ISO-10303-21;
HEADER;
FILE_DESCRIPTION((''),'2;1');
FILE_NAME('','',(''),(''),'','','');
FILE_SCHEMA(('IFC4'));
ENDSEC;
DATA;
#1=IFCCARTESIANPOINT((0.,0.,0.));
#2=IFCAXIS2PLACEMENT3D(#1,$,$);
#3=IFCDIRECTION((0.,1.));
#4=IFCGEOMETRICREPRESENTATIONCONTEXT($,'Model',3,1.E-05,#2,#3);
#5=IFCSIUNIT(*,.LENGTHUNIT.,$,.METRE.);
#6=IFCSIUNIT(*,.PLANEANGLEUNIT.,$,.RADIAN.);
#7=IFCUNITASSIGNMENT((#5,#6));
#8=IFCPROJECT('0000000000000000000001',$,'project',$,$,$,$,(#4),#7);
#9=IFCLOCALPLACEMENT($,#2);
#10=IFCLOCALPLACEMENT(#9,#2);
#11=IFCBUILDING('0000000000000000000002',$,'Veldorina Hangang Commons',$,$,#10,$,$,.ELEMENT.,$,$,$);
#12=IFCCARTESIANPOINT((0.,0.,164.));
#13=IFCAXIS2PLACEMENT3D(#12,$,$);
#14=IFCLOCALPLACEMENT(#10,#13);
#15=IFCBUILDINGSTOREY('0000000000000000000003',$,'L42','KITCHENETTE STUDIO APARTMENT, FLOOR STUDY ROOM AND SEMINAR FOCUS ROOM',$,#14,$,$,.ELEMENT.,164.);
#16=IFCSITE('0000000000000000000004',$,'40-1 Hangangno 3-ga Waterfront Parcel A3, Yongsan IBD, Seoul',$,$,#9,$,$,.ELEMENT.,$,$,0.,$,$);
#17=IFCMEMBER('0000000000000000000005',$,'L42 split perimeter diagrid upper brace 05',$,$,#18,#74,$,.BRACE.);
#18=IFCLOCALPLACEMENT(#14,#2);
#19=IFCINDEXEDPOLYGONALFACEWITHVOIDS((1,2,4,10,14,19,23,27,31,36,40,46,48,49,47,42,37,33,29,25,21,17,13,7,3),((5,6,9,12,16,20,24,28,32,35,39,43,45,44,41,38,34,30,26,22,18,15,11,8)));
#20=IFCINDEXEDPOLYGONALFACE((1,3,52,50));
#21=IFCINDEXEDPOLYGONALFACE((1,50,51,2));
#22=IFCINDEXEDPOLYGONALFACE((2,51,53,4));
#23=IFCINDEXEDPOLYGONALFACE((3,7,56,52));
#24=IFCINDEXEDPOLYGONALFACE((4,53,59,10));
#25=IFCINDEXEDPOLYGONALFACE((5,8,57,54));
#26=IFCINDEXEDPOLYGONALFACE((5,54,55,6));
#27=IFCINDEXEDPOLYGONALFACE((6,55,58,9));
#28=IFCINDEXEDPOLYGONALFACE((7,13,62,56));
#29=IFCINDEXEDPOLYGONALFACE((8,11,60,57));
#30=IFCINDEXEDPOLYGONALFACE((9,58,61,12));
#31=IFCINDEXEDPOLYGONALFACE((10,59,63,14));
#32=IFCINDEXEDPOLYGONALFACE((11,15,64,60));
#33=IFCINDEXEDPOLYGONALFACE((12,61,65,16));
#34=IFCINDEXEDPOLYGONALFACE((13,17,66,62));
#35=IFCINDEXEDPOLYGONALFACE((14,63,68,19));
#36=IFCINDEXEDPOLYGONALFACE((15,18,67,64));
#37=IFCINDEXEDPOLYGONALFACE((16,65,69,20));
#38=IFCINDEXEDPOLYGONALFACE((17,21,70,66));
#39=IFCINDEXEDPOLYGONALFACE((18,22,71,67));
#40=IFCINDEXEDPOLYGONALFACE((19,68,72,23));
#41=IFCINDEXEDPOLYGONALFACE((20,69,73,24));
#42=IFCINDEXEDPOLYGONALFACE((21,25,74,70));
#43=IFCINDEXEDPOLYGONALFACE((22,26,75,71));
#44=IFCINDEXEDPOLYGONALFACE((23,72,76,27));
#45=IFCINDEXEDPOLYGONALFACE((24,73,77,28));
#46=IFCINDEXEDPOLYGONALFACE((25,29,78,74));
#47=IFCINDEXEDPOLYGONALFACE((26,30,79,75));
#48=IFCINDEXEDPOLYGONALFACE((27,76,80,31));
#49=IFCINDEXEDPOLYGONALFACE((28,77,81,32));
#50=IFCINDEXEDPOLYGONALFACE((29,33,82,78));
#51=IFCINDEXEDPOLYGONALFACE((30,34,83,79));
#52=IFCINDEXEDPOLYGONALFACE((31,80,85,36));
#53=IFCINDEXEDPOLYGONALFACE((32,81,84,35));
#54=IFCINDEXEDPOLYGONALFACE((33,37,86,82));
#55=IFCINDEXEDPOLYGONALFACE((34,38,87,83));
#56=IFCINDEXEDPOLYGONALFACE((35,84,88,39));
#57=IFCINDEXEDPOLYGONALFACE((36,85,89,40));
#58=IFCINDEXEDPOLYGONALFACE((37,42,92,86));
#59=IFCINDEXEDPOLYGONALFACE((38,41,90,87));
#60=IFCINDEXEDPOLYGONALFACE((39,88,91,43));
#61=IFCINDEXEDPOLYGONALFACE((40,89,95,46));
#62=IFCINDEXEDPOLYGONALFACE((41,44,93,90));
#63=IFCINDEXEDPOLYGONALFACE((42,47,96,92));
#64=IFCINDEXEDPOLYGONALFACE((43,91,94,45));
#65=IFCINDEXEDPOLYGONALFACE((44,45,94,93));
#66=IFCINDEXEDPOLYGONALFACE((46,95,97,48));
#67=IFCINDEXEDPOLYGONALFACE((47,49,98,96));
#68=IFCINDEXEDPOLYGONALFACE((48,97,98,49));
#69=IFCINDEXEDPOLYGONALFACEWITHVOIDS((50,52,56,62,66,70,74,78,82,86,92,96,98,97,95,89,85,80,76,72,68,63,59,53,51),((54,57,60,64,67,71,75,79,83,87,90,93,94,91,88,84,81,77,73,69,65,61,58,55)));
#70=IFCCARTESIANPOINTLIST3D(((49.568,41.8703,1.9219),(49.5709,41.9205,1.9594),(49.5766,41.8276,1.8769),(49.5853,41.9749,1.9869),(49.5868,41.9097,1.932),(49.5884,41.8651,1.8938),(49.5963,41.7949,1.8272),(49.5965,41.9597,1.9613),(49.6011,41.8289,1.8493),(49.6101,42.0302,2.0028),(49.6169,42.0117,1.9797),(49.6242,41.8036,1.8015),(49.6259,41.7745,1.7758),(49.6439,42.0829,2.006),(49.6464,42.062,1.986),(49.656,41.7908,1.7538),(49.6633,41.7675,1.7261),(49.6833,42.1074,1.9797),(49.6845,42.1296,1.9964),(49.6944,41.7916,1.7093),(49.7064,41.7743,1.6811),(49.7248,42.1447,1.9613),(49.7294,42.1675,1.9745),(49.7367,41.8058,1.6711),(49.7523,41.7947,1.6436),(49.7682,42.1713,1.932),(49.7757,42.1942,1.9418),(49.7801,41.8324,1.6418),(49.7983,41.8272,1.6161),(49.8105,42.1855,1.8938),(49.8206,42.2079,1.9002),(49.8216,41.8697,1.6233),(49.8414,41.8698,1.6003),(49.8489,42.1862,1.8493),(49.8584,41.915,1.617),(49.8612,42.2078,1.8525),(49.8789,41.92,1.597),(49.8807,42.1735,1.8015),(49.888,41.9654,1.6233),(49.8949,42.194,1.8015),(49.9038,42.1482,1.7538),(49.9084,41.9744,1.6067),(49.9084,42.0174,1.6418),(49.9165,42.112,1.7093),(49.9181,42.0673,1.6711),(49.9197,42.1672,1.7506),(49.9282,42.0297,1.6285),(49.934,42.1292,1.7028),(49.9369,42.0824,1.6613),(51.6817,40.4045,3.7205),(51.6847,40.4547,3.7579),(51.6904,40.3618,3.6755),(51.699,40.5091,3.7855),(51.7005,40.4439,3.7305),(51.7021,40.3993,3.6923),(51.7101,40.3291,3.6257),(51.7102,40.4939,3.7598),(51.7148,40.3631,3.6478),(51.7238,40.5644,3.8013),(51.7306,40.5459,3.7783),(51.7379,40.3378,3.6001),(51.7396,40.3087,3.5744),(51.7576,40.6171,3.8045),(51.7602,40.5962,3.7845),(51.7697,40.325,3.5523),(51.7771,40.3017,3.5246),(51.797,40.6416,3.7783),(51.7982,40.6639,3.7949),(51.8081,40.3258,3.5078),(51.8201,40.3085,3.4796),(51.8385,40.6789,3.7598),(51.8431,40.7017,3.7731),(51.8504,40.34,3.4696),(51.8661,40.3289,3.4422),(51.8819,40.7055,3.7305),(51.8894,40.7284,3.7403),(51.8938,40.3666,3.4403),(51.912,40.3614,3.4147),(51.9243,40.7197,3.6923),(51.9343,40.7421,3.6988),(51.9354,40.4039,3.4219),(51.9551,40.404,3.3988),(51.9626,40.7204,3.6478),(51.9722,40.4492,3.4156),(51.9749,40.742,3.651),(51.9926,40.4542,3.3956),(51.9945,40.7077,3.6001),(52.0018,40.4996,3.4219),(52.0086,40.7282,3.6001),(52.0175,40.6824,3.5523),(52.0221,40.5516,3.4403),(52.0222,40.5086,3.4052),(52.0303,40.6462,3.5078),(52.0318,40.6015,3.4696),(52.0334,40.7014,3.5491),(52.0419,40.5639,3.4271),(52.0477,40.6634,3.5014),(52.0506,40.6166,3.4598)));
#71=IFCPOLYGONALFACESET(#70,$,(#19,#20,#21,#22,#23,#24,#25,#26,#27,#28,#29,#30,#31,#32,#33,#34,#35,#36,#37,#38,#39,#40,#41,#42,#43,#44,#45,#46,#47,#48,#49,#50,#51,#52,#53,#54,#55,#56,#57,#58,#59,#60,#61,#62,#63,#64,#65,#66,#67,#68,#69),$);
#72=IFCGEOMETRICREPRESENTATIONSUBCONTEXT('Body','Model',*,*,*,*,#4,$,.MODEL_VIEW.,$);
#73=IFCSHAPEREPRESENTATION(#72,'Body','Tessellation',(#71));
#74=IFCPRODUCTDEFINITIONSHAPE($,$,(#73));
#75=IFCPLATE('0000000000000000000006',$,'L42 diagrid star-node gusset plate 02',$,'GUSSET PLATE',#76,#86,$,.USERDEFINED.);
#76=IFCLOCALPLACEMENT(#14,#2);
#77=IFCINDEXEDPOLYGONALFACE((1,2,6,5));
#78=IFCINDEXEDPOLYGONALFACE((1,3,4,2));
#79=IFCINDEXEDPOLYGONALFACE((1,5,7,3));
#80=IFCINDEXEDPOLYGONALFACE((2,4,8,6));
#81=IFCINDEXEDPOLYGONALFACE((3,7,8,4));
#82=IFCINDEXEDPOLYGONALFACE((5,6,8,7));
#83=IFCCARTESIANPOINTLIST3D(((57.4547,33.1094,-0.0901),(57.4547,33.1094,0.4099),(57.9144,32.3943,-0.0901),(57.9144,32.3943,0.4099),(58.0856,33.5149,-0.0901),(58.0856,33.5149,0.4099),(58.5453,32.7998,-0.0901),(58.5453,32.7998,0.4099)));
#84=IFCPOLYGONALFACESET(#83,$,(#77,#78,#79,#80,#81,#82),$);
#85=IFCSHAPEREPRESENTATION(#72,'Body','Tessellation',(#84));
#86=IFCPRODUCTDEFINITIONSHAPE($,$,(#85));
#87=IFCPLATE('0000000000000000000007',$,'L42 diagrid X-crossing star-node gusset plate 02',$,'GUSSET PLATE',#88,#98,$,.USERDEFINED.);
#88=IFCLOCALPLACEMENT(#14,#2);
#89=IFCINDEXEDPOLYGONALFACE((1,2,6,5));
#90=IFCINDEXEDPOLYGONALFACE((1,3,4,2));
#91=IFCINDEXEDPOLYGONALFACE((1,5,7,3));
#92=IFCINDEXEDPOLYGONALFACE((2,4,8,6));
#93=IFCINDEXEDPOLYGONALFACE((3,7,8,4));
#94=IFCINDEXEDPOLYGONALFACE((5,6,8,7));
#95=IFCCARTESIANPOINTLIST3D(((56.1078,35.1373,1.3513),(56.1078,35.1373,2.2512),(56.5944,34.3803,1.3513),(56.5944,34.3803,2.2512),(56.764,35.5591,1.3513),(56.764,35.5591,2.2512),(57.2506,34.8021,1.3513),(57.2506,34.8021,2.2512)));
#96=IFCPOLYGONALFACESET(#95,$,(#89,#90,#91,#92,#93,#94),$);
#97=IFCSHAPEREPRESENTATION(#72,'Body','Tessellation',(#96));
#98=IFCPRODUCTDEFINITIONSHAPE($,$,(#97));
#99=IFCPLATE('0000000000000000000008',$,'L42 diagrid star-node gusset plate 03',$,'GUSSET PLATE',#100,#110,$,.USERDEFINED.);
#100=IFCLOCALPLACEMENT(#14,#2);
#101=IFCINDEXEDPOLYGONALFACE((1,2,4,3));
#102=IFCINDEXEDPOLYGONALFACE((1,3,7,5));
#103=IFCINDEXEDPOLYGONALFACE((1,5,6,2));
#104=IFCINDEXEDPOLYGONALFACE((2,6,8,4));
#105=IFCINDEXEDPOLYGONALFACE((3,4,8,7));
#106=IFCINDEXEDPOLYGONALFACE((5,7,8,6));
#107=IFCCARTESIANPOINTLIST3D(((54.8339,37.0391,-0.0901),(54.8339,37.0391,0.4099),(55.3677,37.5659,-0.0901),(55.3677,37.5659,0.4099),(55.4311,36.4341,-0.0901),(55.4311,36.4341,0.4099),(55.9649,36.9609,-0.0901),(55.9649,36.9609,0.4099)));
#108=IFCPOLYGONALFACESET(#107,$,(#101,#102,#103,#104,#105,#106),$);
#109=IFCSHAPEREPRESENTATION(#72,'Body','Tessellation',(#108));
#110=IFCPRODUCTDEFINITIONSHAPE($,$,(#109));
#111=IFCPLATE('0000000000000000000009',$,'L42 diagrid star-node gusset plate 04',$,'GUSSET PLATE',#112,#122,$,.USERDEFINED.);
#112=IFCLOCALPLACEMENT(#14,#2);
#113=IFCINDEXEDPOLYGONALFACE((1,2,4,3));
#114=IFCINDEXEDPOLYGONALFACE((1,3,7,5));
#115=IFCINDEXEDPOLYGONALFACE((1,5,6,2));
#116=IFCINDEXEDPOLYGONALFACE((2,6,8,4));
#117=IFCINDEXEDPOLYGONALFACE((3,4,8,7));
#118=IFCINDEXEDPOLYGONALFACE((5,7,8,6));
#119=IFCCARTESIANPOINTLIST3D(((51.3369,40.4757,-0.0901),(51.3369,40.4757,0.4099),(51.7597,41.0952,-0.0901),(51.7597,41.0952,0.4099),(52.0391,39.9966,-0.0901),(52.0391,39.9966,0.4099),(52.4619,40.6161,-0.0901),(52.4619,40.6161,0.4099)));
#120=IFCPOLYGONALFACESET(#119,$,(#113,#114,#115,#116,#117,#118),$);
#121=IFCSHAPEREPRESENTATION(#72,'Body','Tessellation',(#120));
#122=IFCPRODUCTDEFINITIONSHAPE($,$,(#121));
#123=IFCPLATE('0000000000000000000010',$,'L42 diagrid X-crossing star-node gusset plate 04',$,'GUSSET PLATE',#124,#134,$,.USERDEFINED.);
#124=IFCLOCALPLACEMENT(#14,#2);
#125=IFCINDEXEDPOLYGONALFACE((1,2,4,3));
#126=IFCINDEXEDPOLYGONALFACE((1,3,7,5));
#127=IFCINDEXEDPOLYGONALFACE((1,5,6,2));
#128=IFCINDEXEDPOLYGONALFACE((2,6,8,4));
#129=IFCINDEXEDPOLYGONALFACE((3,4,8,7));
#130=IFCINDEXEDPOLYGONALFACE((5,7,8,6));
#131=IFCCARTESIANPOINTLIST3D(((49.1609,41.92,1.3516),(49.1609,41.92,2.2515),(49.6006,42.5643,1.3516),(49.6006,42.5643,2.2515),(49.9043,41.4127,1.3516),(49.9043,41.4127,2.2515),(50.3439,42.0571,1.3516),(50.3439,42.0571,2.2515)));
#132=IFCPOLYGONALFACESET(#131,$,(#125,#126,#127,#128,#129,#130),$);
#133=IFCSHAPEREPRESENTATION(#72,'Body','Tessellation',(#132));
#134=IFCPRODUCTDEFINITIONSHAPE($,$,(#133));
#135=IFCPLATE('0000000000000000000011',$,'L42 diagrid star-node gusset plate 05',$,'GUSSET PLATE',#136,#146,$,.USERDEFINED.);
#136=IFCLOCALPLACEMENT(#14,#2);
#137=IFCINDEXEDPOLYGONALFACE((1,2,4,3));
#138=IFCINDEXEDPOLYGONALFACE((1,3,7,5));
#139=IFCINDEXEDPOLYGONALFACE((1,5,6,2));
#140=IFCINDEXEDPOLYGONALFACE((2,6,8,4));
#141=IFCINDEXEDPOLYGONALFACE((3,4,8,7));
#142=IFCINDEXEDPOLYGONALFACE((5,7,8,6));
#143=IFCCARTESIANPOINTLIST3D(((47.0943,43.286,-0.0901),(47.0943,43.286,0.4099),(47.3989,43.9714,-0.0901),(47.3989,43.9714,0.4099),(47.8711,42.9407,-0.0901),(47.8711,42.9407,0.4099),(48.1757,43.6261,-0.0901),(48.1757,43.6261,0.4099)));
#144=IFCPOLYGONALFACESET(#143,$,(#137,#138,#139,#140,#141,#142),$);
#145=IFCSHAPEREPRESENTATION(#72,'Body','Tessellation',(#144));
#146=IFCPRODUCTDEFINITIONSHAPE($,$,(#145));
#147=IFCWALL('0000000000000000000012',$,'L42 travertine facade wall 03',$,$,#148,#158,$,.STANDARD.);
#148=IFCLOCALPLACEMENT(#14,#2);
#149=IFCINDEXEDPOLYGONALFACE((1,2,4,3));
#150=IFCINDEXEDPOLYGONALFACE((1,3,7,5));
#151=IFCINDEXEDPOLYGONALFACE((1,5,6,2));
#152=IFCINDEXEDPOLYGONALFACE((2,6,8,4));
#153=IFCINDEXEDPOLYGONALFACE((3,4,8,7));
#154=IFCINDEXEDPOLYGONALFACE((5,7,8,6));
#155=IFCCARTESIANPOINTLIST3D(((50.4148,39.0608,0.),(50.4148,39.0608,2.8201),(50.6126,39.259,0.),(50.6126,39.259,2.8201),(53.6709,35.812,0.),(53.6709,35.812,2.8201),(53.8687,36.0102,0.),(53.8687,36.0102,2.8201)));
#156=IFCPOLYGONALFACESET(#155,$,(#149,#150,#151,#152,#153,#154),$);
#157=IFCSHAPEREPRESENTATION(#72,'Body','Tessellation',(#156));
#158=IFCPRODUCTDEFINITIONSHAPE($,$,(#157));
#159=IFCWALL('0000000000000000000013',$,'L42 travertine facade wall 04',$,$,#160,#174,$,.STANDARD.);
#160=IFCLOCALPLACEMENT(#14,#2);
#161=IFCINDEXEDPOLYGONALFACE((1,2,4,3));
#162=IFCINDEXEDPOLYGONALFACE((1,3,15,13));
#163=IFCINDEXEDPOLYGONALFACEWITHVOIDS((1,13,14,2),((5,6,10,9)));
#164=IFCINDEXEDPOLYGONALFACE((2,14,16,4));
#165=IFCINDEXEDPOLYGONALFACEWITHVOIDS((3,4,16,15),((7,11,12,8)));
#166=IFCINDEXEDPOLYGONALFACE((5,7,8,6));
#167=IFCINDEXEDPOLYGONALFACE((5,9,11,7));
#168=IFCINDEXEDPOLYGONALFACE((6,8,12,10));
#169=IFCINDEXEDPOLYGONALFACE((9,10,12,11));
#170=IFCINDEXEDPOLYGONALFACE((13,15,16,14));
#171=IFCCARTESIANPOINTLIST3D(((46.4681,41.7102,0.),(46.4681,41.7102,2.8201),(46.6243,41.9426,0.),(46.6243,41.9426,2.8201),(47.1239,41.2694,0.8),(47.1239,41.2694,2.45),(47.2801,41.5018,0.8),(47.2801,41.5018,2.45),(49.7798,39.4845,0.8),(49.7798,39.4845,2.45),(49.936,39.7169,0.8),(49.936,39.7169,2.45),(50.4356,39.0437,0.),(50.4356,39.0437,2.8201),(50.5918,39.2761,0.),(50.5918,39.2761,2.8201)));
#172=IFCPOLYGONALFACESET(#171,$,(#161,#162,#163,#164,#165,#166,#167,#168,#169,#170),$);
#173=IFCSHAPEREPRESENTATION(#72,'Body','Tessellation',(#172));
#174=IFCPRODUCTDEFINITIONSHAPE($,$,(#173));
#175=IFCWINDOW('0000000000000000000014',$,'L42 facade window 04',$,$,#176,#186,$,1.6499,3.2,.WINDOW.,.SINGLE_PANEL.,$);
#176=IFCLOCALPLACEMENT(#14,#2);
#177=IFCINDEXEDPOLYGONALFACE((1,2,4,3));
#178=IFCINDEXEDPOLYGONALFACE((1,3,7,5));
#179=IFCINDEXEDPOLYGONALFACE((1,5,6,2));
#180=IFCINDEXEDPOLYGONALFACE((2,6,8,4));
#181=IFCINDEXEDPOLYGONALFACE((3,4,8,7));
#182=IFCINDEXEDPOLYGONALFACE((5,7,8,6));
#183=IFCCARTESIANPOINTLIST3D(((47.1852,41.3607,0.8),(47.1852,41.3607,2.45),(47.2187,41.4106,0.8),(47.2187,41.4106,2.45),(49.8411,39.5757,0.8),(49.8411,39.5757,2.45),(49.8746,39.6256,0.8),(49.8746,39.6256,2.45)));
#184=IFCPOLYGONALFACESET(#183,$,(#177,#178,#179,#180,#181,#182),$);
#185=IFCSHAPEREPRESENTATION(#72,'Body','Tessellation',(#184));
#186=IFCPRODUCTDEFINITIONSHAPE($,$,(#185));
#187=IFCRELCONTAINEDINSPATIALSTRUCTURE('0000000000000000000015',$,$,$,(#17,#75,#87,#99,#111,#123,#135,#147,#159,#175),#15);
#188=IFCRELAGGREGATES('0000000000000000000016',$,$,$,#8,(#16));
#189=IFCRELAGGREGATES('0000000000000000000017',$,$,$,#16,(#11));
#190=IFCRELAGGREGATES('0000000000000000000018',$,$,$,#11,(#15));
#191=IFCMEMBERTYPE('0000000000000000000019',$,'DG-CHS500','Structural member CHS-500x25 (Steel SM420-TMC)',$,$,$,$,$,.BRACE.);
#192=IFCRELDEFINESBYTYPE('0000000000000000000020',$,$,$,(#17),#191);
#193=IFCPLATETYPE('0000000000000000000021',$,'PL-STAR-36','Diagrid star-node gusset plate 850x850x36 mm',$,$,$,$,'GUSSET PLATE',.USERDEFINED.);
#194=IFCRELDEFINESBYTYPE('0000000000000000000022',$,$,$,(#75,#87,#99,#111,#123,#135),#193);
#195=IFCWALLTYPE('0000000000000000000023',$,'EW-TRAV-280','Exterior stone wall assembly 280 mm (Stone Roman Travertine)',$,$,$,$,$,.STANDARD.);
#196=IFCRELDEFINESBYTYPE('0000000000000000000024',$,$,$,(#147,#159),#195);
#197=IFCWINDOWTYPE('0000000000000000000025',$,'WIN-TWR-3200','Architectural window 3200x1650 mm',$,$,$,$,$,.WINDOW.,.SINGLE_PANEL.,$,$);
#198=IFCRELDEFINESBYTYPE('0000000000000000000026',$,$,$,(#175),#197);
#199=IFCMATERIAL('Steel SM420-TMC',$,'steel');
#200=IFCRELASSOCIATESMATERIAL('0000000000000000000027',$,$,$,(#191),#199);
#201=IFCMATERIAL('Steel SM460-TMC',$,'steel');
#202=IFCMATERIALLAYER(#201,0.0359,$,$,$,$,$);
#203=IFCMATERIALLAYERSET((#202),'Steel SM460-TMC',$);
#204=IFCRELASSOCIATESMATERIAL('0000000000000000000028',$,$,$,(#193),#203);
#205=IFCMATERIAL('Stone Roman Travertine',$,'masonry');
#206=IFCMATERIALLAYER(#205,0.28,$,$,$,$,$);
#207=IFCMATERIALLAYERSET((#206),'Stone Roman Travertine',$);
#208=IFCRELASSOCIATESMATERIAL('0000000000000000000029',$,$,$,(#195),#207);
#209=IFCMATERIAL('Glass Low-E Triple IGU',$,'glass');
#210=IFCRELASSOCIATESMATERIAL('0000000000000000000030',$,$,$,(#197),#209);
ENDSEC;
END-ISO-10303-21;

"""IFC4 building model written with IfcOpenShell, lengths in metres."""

from ifc_helpers import new_model, si_unit, direction, frame, frame_2d, origin, origin_2d, place, context, subcontext, project, spatial, rectangle, hollow_circle, extrude, material, layer, layer_set, material_profile, profile_set, type_object, element, fill, save


model = new_model("IFC4")

# Units and contexts
model_context = context("Model", 3, precision=1e-05, world=origin(), true_north=direction((0.0, 1.0)))
body_context = subcontext(model_context, "Body", "Model", "MODEL_VIEW")
ifc_project = project(units=[si_unit("LENGTHUNIT", "METRE"), si_unit("PLANEANGLEUNIT", "RADIAN")], contexts=[model_context])

# Site, building, storey
site_placement = place(None, origin())
site = spatial("IfcSite", under=ifc_project, at=site_placement, Name="40-1 Hangangno 3-ga Waterfront Parcel A3, Yongsan IBD, Seoul", CompositionType="ELEMENT", RefElevation=0.0)
building_placement = place(site_placement, origin())
building = spatial("IfcBuilding", under=site, at=building_placement, Name="Veldorina Hangang Commons", CompositionType="ELEMENT")
storey_placement = place(building_placement, frame((0.0, 0.0, 164.0)))
storey = spatial("IfcBuildingStorey", under=building, at=storey_placement, Name="L42", Description="KITCHENETTE STUDIO APARTMENT, FLOOR STUDY ROOM AND SEMINAR FOCUS ROOM", CompositionType="ELEMENT", Elevation=164.0)

# Shared definitions
ifc_material_1 = material(Name="Steel SM420-TMC", Category="steel")

# Member
ifc_material_profile_1 = material_profile(ifc_material_1, hollow_circle(Radius=0.25, WallThickness=0.0249, at=origin_2d()), Name="CHS-500x25")
ifc_profile_set_1 = profile_set([ifc_material_profile_1], Name="Steel SM420-TMC")
member_type = type_object("IfcMemberType", Name="DG-CHS500", Description="Structural member CHS-500x25 (Steel SM420-TMC)", PredefinedType="BRACE", material=ifc_profile_set_1)
member_1_placement = place(storey_placement, frame((49.7524, 41.9885, 1.8015), z_axis=(0.67345, -0.467012, 0.573031), x_axis=(0.569851, 0.821748, 0.0)))
element("IfcMember", 1, at=member_1_placement, inside=storey, type_object=member_type, Name="L42 split perimeter diagrid upper brace 05", PredefinedType="BRACE", context=body_context, shape_type="SweptSolid", body=[
    extrude(hollow_circle(Radius=0.25, WallThickness=0.0249, at=origin_2d()), origin(), (0.0, 0.0, 1.0), 3.1387),
])

# Plates
ifc_material_2 = material(Name="Steel SM460-TMC", Category="steel")
ifc_layer_1 = layer(ifc_material_2, 0.0359)
ifc_layer_set_1 = layer_set([ifc_layer_1], Name="Steel SM460-TMC")
plate_type = type_object("IfcPlateType", Name="PL-STAR-36", Description="Diagrid star-node gusset plate 850x850x36 mm", ElementType="GUSSET PLATE", PredefinedType="USERDEFINED", material=ifc_layer_set_1)
plate_1_placement = place(storey_placement, frame((58.0, 32.9546, -0.0901), z_axis=(0.0, 0.0, 1.0), x_axis=(-0.54074, 0.84119, 0.0)))
element("IfcPlate", 2, at=plate_1_placement, inside=storey, type_object=plate_type, Name="L42 diagrid star-node gusset plate 02", ObjectType="GUSSET PLATE", PredefinedType="USERDEFINED", context=body_context, shape_type="SweptSolid", body=[
    extrude(rectangle(XDim=0.8501, YDim=0.75, at=origin_2d()), origin(), (0.0, 0.0, 1.0), 0.5),
])
plate_2_placement = place(storey_placement, frame((56.6792, 34.9697, 1.3513), z_axis=(0.0, 0.0, 1.0), x_axis=(-0.54074, 0.84119, 0.0)))
element("IfcPlate", 3, at=plate_2_placement, inside=storey, type_object=plate_type, Name="L42 diagrid X-crossing star-node gusset plate 02", ObjectType="GUSSET PLATE", PredefinedType="USERDEFINED", context=body_context, shape_type="SweptSolid", body=[
    extrude(rectangle(XDim=0.8999, YDim=0.78, at=origin_2d()), origin(), (0.0, 0.0, 1.0), 0.8999),
])
for number, where, z_axis, x_axis, name in (
    (4, (55.3994, 37.0, -0.0901), (0.0, 0.0, 1.0), (-0.702489, 0.711695, 0.0), "L42 diagrid star-node gusset plate 03"),
    (5, (51.8994, 40.5459, -0.0901), (0.0, 0.0, 1.0), (-0.826, 0.56367, 0.0), "L42 diagrid star-node gusset plate 04"),
):
    element("IfcPlate", number, at=place(storey_placement, frame(where, z_axis=z_axis, x_axis=x_axis)), inside=storey, type_object=plate_type, Name=name, ObjectType="GUSSET PLATE", PredefinedType="USERDEFINED", context=body_context, shape_type="SweptSolid", body=[
        extrude(rectangle(XDim=0.8501, YDim=0.75, at=origin_2d()), origin(), (0.0, 0.0, 1.0), 0.5),
    ])
plate_3_placement = place(storey_placement, frame((49.7524, 41.9885, 1.3516), z_axis=(0.0, 0.0, 1.0), x_axis=(-0.826, 0.56367, 0.0)))
element("IfcPlate", 6, at=plate_3_placement, inside=storey, type_object=plate_type, Name="L42 diagrid X-crossing star-node gusset plate 04", ObjectType="GUSSET PLATE", PredefinedType="USERDEFINED", context=body_context, shape_type="SweptSolid", body=[
    extrude(rectangle(XDim=0.8999, YDim=0.78, at=origin_2d()), origin(), (0.0, 0.0, 1.0), 0.8999),
])
plate_4_placement = place(storey_placement, frame((47.635, 43.4561, -0.0901), z_axis=(0.0, 0.0, 1.0), x_axis=(-0.913815, 0.406131, 0.0)))
element("IfcPlate", 7, at=plate_4_placement, inside=storey, type_object=plate_type, Name="L42 diagrid star-node gusset plate 05", ObjectType="GUSSET PLATE", PredefinedType="USERDEFINED", context=body_context, shape_type="SweptSolid", body=[
    extrude(rectangle(XDim=0.8501, YDim=0.75, at=origin_2d()), origin(), (0.0, 0.0, 1.0), 0.5),
])

# Wall
ifc_material_3 = material(Name="Stone Roman Travertine", Category="masonry")
ifc_layer_2 = layer(ifc_material_3, 0.28)
ifc_layer_set_2 = layer_set([ifc_layer_2], Name="Stone Roman Travertine")
wall_type_1 = type_object("IfcWallType", Name="EW-TRAV-280", Description="Exterior stone wall assembly 280 mm (Stone Roman Travertine)", PredefinedType="STANDARD", material=ifc_layer_set_2)
wall_1_placement = place(storey_placement, frame((53.7698, 35.9111, 0.0), z_axis=(0.0, 0.0, 1.0), x_axis=(-0.707903, 0.70631, 0.0)))
element("IfcWall", 8, at=wall_1_placement, inside=storey, type_object=wall_type_1, Name="L42 travertine facade wall 03", PredefinedType="STANDARD", context=body_context, shape_type="SweptSolid", body=[
    extrude(rectangle(XDim=4.5996, YDim=0.28, at=frame_2d((2.2998, 0.0))), origin(), (0.0, 0.0, 1.0), 2.8201),
])

# Wall, opening, window
wall_2_placement = place(storey_placement, frame((50.5137, 39.1599, 0.0), z_axis=(0.0, 0.0, 1.0), x_axis=(-0.82997, 0.557808, 0.0)))
wall_2 = element("IfcWall", 9, at=wall_2_placement, inside=storey, type_object=wall_type_1, Name="L42 travertine facade wall 04", PredefinedType="STANDARD", context=body_context, shape_type="SweptSolid", body=[
    extrude(rectangle(XDim=4.7803, YDim=0.28, at=frame_2d((2.3901, 0.0))), origin(), (0.0, 0.0, 1.0), 2.8201),
])
opening_1_placement = place(wall_2_placement, frame((0.79, 0.0, 0.8)))
opening_1 = element("IfcOpeningElement", 10, at=opening_1_placement, cuts=wall_2, PredefinedType="OPENING", context=body_context, shape_type="SweptSolid", body=[
    extrude(rectangle(XDim=3.2, YDim=1.6499, at=frame_2d((1.6001, 0.825))), frame((0.0, 0.1499, 0.0), z_axis=(0.0, -1.0, 0.0), x_axis=(1.0, 0.0, 0.0)), (0.0, 0.0, 1.0), 0.3),
])
ifc_material_4 = material(Name="Glass Low-E Triple IGU", Category="glass")
window_type = type_object("IfcWindowType", Name="WIN-TWR-3200", Description="Architectural window 3200x1650 mm", PartitioningType="SINGLE_PANEL", PredefinedType="WINDOW", material=ifc_material_4)
window_placement = place(opening_1_placement, origin())
window = element("IfcWindow", 11, at=window_placement, inside=storey, type_object=window_type, Name="L42 facade window 04", OverallHeight=1.6499, OverallWidth=3.2, PartitioningType="SINGLE_PANEL", PredefinedType="WINDOW", context=body_context, shape_type="SweptSolid", body=[
    extrude(rectangle(XDim=3.2, YDim=1.6499, at=frame_2d((1.6001, 0.825))), frame((0.0, 0.03, 0.0), z_axis=(0.0, -1.0, 0.0), x_axis=(1.0, 0.0, 0.0)), (0.0, 0.0, 1.0), 0.0601),
])
fill(opening_1, window)

save(model, "model.ifc")
